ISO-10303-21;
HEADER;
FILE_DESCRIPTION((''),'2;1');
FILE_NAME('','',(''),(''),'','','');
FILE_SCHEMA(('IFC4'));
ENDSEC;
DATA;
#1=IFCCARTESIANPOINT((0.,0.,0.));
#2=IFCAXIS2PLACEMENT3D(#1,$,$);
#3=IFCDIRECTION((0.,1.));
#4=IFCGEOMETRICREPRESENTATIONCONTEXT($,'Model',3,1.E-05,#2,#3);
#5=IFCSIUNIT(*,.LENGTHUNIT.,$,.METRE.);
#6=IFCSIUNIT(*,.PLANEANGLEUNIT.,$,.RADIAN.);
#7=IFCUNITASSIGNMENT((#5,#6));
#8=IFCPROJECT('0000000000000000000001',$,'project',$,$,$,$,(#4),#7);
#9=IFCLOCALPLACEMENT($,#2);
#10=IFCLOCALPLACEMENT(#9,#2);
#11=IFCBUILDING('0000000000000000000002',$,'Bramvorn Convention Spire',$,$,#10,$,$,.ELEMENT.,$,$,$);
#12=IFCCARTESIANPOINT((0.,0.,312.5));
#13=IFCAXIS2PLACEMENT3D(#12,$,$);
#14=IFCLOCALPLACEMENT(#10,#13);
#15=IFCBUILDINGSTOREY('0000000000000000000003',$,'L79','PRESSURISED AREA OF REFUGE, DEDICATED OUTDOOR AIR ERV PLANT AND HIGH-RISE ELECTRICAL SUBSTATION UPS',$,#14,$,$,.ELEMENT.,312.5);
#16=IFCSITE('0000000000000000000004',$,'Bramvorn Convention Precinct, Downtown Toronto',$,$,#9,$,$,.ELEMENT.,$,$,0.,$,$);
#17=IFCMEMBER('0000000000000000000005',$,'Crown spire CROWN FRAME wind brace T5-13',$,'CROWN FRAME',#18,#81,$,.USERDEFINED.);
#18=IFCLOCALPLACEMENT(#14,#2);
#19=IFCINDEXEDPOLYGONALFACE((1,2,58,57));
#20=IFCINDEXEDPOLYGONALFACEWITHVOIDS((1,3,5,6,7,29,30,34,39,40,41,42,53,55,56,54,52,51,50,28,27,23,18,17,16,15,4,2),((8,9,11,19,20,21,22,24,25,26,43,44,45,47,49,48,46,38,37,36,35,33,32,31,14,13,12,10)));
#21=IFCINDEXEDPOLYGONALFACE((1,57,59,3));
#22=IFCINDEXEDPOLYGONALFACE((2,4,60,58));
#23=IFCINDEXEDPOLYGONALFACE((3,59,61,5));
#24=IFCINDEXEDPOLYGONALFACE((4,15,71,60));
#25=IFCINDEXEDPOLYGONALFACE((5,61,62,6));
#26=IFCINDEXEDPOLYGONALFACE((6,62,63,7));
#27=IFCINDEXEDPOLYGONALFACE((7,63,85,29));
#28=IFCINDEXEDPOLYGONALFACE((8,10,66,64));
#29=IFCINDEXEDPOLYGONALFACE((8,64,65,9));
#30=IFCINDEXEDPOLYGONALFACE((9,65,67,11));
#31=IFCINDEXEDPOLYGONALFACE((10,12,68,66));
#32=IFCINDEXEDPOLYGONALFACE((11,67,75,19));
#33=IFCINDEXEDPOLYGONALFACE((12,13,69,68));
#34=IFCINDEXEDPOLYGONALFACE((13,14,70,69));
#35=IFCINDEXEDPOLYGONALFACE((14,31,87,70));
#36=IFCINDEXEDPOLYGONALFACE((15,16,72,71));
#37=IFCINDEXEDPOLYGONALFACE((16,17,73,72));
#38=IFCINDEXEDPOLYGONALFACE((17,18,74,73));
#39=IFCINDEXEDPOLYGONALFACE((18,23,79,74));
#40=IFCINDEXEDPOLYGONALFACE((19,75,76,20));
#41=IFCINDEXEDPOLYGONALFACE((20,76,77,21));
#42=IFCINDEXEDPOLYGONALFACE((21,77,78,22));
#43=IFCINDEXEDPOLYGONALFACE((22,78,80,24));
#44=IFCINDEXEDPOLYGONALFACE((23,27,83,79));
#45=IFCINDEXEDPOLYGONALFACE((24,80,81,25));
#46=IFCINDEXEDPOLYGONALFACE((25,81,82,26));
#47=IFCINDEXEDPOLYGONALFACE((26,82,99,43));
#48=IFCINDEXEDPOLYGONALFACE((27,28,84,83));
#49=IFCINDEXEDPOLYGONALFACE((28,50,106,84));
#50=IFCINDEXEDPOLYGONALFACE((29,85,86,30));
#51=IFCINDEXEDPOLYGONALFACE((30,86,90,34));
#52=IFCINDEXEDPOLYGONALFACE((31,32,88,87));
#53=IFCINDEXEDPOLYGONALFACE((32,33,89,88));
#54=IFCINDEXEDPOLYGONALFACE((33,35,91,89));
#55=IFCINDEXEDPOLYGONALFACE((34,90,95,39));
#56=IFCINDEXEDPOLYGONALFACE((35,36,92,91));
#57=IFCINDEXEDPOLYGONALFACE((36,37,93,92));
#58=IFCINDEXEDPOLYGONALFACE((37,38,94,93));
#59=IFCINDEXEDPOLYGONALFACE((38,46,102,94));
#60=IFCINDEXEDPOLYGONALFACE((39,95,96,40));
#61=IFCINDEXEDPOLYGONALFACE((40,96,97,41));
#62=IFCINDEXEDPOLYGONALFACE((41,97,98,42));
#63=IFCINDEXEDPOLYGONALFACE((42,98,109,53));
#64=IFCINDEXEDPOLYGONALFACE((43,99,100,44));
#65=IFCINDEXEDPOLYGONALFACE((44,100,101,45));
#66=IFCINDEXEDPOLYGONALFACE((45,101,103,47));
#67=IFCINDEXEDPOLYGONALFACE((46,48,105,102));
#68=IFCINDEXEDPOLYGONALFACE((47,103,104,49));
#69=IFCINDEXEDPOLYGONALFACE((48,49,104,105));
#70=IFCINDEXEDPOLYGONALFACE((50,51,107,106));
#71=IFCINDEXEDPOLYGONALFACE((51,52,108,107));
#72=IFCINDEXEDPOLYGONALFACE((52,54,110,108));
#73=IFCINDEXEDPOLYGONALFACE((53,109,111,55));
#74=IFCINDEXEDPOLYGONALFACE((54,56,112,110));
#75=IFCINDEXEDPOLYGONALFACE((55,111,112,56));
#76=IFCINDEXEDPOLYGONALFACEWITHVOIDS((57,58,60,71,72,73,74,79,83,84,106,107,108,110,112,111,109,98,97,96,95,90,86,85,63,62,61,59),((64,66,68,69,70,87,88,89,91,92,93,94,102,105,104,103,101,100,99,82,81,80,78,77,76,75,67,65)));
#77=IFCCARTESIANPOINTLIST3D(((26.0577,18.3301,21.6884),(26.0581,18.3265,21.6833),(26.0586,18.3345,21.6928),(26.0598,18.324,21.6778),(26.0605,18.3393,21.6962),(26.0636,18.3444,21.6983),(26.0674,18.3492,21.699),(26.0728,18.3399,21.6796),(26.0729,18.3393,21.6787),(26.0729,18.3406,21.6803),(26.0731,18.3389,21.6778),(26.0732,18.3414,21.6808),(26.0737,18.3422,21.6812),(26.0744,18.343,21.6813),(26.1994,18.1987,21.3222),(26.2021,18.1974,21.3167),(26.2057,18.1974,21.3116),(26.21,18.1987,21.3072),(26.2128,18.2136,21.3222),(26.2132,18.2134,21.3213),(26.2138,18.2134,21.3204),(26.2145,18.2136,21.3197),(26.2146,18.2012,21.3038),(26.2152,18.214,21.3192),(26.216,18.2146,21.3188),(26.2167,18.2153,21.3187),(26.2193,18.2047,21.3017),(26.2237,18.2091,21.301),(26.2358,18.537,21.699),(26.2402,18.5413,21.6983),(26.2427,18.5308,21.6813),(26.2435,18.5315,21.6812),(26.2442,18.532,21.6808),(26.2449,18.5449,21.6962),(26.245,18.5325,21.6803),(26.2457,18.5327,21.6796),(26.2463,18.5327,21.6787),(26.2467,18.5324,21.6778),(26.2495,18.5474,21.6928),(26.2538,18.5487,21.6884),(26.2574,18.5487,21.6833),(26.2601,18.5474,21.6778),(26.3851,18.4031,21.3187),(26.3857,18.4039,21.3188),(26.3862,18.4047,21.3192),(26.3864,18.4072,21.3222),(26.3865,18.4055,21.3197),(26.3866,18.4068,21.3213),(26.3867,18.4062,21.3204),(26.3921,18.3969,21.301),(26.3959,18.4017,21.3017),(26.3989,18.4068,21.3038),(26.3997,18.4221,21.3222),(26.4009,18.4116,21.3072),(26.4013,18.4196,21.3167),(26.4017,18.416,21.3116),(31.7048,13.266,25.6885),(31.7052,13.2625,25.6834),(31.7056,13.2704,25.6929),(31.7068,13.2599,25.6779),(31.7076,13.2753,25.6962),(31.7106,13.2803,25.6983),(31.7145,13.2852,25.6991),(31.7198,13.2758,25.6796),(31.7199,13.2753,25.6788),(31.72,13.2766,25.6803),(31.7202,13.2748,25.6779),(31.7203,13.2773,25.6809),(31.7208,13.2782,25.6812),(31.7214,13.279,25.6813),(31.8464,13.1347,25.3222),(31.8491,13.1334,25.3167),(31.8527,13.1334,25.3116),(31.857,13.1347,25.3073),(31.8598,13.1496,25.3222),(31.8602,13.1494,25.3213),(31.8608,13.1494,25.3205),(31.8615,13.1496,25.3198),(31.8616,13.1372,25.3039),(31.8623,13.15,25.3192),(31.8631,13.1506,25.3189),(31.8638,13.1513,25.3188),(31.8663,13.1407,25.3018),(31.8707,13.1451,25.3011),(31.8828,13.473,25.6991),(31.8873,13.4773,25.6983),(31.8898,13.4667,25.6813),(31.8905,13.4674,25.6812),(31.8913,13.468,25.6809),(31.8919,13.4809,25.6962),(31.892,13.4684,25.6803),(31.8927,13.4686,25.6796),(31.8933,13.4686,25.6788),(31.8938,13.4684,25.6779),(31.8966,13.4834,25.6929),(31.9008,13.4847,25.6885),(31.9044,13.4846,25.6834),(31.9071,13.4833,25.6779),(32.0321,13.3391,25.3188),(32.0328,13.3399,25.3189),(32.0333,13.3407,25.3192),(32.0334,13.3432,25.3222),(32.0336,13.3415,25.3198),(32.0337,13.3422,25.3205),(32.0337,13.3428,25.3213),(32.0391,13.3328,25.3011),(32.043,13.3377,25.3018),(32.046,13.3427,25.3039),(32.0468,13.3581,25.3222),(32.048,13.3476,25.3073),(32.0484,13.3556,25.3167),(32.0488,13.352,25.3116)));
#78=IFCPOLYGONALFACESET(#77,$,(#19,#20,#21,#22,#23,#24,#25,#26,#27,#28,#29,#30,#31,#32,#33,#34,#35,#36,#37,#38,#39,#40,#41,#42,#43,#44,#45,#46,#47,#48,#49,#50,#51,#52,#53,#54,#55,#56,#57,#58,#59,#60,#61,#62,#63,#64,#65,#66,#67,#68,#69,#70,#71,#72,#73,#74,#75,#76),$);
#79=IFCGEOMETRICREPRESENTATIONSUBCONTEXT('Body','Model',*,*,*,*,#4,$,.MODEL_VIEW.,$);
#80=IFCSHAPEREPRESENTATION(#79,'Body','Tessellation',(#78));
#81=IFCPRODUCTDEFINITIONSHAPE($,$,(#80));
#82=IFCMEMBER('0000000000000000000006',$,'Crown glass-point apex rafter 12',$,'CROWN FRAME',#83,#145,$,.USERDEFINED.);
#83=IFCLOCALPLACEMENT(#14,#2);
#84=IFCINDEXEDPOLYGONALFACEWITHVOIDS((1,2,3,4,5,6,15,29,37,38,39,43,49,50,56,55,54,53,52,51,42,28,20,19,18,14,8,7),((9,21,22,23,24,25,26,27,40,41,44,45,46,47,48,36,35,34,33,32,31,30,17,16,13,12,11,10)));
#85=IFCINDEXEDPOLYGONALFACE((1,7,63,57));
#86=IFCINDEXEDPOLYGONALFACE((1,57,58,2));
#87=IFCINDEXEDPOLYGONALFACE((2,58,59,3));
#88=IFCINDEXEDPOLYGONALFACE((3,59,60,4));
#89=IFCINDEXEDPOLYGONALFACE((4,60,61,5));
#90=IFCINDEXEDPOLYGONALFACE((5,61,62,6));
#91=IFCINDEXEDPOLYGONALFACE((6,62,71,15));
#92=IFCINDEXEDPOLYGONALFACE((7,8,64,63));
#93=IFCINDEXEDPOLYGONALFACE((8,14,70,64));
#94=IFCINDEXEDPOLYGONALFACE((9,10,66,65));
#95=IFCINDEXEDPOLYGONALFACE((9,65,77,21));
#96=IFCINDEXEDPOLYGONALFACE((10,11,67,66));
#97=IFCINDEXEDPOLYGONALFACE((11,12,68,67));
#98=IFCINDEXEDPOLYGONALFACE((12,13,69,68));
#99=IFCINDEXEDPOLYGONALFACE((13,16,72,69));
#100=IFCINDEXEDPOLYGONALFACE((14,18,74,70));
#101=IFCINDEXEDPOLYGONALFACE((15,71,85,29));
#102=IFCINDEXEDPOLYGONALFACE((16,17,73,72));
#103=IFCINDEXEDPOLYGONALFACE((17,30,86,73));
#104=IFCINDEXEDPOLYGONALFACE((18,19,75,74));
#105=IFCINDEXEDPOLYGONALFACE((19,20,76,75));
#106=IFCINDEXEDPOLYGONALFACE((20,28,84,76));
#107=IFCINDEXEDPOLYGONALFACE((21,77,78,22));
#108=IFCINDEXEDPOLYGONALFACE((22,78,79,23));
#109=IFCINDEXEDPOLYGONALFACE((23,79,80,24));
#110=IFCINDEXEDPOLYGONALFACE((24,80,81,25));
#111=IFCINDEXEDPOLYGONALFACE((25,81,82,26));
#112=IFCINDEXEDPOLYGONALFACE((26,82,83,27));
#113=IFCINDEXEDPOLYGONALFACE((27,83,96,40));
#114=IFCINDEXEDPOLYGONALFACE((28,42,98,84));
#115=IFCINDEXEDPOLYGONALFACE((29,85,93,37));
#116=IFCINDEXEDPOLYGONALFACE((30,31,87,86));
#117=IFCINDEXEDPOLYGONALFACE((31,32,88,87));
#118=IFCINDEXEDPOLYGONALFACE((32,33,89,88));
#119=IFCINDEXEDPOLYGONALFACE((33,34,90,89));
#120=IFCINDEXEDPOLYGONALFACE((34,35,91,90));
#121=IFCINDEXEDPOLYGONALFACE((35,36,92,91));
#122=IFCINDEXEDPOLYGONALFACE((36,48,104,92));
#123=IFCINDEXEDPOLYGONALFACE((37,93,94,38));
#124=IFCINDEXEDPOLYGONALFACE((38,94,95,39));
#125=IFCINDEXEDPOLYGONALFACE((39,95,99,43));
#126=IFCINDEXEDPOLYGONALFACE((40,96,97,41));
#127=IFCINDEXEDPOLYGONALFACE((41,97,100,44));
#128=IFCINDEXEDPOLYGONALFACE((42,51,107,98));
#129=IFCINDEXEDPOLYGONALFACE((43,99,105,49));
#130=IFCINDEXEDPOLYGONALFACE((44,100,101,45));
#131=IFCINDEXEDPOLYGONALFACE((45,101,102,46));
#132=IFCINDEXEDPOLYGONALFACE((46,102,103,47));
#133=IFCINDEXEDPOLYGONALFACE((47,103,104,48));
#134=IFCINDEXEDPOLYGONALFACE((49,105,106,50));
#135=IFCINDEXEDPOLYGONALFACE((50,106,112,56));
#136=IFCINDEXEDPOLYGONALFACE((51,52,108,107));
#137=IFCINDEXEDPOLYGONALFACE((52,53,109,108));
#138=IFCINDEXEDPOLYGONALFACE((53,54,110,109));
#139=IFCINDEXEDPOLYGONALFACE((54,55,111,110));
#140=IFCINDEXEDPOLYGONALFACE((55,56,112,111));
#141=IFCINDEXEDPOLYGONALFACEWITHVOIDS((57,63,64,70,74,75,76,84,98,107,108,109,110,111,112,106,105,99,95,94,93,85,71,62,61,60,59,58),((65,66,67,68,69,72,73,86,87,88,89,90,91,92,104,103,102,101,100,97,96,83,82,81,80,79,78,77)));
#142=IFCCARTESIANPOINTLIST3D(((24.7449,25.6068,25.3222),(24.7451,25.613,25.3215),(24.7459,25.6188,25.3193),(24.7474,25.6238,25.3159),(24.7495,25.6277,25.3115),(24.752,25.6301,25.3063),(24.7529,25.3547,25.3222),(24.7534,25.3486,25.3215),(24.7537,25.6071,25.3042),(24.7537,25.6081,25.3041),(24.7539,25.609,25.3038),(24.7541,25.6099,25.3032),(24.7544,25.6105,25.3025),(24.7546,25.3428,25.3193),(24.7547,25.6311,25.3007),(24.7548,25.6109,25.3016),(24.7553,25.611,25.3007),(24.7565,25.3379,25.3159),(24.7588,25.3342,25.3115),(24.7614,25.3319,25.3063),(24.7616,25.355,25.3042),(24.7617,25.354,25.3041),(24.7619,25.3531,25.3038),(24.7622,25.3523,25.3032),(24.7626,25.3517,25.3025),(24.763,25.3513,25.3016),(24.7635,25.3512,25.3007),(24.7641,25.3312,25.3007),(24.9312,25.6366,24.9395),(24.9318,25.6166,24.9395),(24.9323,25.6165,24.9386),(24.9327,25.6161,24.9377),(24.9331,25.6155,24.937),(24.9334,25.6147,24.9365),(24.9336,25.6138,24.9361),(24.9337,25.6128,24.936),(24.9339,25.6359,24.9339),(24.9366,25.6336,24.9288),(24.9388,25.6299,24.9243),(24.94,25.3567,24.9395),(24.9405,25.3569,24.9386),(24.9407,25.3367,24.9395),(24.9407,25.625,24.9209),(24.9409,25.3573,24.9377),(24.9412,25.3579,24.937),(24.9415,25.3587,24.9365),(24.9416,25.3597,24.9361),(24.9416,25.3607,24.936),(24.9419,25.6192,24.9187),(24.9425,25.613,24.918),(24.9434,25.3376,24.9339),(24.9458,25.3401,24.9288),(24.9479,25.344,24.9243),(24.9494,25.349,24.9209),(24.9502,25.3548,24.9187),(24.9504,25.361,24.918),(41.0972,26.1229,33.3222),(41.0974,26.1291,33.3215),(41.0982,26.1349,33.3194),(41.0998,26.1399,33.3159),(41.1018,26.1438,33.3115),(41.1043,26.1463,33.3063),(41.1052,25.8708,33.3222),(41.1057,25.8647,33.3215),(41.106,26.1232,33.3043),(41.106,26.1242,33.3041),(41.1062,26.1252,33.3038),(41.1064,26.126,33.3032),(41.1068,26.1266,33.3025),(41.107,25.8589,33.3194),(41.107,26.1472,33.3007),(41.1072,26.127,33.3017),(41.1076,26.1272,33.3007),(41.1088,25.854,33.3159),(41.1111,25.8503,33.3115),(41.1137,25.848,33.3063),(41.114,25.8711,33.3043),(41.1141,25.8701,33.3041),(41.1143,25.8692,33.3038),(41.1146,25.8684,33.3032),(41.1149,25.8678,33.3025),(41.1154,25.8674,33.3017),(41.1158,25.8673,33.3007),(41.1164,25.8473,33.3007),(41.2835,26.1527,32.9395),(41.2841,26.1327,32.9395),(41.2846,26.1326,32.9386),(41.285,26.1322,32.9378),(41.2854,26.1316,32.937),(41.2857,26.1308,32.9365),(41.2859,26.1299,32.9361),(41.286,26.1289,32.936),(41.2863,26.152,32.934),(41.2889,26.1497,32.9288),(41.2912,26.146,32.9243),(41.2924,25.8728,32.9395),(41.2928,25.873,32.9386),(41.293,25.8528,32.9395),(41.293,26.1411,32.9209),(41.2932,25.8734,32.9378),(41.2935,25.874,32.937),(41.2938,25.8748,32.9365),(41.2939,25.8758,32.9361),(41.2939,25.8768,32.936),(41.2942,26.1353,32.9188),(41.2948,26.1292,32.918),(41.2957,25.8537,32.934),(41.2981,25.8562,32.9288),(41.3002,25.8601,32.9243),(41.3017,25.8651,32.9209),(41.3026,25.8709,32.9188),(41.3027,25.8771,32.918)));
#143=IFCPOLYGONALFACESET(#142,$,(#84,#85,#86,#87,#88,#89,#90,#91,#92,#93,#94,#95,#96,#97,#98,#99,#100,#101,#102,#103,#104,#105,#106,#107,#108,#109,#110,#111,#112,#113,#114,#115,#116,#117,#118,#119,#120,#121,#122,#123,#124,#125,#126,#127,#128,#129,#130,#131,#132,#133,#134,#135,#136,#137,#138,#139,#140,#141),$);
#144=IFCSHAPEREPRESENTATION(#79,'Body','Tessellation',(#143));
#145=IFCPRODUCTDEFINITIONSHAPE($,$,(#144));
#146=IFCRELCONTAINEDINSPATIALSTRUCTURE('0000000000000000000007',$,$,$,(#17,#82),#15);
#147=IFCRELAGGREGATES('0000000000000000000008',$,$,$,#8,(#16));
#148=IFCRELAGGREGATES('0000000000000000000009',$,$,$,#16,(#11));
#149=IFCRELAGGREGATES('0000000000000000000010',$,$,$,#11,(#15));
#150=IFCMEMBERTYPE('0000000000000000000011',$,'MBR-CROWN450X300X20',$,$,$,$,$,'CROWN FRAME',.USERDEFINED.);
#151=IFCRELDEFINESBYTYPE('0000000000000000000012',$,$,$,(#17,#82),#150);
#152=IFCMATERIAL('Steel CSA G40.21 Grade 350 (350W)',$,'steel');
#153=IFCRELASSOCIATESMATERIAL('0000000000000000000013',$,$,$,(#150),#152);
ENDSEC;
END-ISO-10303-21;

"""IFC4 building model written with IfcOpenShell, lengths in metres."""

from ifc_helpers import new_model, si_unit, direction, frame, origin, origin_2d, place, context, subcontext, project, spatial, hollow_rectangle, extrude, material, material_profile, profile_set, type_object, element, save


model = new_model("IFC4")

# Units and contexts
model_context = context("Model", 3, precision=1e-05, world=origin(), true_north=direction((0.0, 1.0)))
body_context = subcontext(model_context, "Body", "Model", "MODEL_VIEW")
ifc_project = project(units=[si_unit("LENGTHUNIT", "METRE"), si_unit("PLANEANGLEUNIT", "RADIAN")], contexts=[model_context])

# Site, building, storey
site_placement = place(None, origin())
site = spatial("IfcSite", under=ifc_project, at=site_placement, Name="Bramvorn Convention Precinct, Downtown Toronto", CompositionType="ELEMENT", RefElevation=0.0)
building_placement = place(site_placement, origin())
building = spatial("IfcBuilding", under=site, at=building_placement, Name="Bramvorn Convention Spire", CompositionType="ELEMENT")
storey_placement = place(building_placement, frame((0.0, 0.0, 312.5)))
storey = spatial("IfcBuildingStorey", under=building, at=storey_placement, Name="L79", Description="PRESSURISED AREA OF REFUGE, DEDICATED OUTDOOR AIR ERV PLANT AND HIGH-RISE ELECTRICAL SUBSTATION UPS", CompositionType="ELEMENT", Elevation=312.5)

# Members
ifc_material_1 = material(Name="Steel CSA G40.21 Grade 350 (350W)", Category="steel")
ifc_material_profile = material_profile(ifc_material_1, hollow_rectangle(XDim=0.3, YDim=0.45, WallThickness=0.02, InnerFilletRadius=0.0039, OuterFilletRadius=0.0239, at=origin_2d()))
ifc_profile_set = profile_set([ifc_material_profile], Name="Steel CSA G40.21 Grade 350 (350W) - CROWN450X300X20")
member_type = type_object("IfcMemberType", Name="MBR-CROWN450X300X20", ElementType="CROWN FRAME", PredefinedType="USERDEFINED", material=ifc_profile_set)
member_1_placement = place(storey_placement, frame((26.2297, 18.373, 21.5), z_axis=(0.658533, -0.590544, 0.466468), x_axis=(0.66763, 0.744493, 0.0)))
element("IfcMember", 1, at=member_1_placement, inside=storey, type_object=member_type, Name="Crown spire CROWN FRAME wind brace T5-13", ObjectType="CROWN FRAME", PredefinedType="USERDEFINED", context=body_context, shape_type="SweptSolid", body=[
    extrude(hollow_rectangle(XDim=0.3, YDim=0.45, WallThickness=0.02, InnerFilletRadius=0.0039, OuterFilletRadius=0.0239, at=origin_2d()), origin(), (0.0, 0.0, 1.0), 8.5752),
])
member_2_placement = place(storey_placement, frame((24.8477, 25.4839, 25.1201), z_axis=(0.897903, 0.02834, 0.439279), x_axis=(-0.031546, 0.999502, 0.0)))
element("IfcMember", 2, at=member_2_placement, inside=storey, type_object=member_type, Name="Crown glass-point apex rafter 12", ObjectType="CROWN FRAME", PredefinedType="USERDEFINED", context=body_context, shape_type="SweptSolid", body=[
    extrude(hollow_rectangle(XDim=0.3, YDim=0.45, WallThickness=0.02, InnerFilletRadius=0.0039, OuterFilletRadius=0.0239, at=origin_2d()), origin(), (0.0, 0.0, 1.0), 18.2117),
])

save(model, "model.ifc")
